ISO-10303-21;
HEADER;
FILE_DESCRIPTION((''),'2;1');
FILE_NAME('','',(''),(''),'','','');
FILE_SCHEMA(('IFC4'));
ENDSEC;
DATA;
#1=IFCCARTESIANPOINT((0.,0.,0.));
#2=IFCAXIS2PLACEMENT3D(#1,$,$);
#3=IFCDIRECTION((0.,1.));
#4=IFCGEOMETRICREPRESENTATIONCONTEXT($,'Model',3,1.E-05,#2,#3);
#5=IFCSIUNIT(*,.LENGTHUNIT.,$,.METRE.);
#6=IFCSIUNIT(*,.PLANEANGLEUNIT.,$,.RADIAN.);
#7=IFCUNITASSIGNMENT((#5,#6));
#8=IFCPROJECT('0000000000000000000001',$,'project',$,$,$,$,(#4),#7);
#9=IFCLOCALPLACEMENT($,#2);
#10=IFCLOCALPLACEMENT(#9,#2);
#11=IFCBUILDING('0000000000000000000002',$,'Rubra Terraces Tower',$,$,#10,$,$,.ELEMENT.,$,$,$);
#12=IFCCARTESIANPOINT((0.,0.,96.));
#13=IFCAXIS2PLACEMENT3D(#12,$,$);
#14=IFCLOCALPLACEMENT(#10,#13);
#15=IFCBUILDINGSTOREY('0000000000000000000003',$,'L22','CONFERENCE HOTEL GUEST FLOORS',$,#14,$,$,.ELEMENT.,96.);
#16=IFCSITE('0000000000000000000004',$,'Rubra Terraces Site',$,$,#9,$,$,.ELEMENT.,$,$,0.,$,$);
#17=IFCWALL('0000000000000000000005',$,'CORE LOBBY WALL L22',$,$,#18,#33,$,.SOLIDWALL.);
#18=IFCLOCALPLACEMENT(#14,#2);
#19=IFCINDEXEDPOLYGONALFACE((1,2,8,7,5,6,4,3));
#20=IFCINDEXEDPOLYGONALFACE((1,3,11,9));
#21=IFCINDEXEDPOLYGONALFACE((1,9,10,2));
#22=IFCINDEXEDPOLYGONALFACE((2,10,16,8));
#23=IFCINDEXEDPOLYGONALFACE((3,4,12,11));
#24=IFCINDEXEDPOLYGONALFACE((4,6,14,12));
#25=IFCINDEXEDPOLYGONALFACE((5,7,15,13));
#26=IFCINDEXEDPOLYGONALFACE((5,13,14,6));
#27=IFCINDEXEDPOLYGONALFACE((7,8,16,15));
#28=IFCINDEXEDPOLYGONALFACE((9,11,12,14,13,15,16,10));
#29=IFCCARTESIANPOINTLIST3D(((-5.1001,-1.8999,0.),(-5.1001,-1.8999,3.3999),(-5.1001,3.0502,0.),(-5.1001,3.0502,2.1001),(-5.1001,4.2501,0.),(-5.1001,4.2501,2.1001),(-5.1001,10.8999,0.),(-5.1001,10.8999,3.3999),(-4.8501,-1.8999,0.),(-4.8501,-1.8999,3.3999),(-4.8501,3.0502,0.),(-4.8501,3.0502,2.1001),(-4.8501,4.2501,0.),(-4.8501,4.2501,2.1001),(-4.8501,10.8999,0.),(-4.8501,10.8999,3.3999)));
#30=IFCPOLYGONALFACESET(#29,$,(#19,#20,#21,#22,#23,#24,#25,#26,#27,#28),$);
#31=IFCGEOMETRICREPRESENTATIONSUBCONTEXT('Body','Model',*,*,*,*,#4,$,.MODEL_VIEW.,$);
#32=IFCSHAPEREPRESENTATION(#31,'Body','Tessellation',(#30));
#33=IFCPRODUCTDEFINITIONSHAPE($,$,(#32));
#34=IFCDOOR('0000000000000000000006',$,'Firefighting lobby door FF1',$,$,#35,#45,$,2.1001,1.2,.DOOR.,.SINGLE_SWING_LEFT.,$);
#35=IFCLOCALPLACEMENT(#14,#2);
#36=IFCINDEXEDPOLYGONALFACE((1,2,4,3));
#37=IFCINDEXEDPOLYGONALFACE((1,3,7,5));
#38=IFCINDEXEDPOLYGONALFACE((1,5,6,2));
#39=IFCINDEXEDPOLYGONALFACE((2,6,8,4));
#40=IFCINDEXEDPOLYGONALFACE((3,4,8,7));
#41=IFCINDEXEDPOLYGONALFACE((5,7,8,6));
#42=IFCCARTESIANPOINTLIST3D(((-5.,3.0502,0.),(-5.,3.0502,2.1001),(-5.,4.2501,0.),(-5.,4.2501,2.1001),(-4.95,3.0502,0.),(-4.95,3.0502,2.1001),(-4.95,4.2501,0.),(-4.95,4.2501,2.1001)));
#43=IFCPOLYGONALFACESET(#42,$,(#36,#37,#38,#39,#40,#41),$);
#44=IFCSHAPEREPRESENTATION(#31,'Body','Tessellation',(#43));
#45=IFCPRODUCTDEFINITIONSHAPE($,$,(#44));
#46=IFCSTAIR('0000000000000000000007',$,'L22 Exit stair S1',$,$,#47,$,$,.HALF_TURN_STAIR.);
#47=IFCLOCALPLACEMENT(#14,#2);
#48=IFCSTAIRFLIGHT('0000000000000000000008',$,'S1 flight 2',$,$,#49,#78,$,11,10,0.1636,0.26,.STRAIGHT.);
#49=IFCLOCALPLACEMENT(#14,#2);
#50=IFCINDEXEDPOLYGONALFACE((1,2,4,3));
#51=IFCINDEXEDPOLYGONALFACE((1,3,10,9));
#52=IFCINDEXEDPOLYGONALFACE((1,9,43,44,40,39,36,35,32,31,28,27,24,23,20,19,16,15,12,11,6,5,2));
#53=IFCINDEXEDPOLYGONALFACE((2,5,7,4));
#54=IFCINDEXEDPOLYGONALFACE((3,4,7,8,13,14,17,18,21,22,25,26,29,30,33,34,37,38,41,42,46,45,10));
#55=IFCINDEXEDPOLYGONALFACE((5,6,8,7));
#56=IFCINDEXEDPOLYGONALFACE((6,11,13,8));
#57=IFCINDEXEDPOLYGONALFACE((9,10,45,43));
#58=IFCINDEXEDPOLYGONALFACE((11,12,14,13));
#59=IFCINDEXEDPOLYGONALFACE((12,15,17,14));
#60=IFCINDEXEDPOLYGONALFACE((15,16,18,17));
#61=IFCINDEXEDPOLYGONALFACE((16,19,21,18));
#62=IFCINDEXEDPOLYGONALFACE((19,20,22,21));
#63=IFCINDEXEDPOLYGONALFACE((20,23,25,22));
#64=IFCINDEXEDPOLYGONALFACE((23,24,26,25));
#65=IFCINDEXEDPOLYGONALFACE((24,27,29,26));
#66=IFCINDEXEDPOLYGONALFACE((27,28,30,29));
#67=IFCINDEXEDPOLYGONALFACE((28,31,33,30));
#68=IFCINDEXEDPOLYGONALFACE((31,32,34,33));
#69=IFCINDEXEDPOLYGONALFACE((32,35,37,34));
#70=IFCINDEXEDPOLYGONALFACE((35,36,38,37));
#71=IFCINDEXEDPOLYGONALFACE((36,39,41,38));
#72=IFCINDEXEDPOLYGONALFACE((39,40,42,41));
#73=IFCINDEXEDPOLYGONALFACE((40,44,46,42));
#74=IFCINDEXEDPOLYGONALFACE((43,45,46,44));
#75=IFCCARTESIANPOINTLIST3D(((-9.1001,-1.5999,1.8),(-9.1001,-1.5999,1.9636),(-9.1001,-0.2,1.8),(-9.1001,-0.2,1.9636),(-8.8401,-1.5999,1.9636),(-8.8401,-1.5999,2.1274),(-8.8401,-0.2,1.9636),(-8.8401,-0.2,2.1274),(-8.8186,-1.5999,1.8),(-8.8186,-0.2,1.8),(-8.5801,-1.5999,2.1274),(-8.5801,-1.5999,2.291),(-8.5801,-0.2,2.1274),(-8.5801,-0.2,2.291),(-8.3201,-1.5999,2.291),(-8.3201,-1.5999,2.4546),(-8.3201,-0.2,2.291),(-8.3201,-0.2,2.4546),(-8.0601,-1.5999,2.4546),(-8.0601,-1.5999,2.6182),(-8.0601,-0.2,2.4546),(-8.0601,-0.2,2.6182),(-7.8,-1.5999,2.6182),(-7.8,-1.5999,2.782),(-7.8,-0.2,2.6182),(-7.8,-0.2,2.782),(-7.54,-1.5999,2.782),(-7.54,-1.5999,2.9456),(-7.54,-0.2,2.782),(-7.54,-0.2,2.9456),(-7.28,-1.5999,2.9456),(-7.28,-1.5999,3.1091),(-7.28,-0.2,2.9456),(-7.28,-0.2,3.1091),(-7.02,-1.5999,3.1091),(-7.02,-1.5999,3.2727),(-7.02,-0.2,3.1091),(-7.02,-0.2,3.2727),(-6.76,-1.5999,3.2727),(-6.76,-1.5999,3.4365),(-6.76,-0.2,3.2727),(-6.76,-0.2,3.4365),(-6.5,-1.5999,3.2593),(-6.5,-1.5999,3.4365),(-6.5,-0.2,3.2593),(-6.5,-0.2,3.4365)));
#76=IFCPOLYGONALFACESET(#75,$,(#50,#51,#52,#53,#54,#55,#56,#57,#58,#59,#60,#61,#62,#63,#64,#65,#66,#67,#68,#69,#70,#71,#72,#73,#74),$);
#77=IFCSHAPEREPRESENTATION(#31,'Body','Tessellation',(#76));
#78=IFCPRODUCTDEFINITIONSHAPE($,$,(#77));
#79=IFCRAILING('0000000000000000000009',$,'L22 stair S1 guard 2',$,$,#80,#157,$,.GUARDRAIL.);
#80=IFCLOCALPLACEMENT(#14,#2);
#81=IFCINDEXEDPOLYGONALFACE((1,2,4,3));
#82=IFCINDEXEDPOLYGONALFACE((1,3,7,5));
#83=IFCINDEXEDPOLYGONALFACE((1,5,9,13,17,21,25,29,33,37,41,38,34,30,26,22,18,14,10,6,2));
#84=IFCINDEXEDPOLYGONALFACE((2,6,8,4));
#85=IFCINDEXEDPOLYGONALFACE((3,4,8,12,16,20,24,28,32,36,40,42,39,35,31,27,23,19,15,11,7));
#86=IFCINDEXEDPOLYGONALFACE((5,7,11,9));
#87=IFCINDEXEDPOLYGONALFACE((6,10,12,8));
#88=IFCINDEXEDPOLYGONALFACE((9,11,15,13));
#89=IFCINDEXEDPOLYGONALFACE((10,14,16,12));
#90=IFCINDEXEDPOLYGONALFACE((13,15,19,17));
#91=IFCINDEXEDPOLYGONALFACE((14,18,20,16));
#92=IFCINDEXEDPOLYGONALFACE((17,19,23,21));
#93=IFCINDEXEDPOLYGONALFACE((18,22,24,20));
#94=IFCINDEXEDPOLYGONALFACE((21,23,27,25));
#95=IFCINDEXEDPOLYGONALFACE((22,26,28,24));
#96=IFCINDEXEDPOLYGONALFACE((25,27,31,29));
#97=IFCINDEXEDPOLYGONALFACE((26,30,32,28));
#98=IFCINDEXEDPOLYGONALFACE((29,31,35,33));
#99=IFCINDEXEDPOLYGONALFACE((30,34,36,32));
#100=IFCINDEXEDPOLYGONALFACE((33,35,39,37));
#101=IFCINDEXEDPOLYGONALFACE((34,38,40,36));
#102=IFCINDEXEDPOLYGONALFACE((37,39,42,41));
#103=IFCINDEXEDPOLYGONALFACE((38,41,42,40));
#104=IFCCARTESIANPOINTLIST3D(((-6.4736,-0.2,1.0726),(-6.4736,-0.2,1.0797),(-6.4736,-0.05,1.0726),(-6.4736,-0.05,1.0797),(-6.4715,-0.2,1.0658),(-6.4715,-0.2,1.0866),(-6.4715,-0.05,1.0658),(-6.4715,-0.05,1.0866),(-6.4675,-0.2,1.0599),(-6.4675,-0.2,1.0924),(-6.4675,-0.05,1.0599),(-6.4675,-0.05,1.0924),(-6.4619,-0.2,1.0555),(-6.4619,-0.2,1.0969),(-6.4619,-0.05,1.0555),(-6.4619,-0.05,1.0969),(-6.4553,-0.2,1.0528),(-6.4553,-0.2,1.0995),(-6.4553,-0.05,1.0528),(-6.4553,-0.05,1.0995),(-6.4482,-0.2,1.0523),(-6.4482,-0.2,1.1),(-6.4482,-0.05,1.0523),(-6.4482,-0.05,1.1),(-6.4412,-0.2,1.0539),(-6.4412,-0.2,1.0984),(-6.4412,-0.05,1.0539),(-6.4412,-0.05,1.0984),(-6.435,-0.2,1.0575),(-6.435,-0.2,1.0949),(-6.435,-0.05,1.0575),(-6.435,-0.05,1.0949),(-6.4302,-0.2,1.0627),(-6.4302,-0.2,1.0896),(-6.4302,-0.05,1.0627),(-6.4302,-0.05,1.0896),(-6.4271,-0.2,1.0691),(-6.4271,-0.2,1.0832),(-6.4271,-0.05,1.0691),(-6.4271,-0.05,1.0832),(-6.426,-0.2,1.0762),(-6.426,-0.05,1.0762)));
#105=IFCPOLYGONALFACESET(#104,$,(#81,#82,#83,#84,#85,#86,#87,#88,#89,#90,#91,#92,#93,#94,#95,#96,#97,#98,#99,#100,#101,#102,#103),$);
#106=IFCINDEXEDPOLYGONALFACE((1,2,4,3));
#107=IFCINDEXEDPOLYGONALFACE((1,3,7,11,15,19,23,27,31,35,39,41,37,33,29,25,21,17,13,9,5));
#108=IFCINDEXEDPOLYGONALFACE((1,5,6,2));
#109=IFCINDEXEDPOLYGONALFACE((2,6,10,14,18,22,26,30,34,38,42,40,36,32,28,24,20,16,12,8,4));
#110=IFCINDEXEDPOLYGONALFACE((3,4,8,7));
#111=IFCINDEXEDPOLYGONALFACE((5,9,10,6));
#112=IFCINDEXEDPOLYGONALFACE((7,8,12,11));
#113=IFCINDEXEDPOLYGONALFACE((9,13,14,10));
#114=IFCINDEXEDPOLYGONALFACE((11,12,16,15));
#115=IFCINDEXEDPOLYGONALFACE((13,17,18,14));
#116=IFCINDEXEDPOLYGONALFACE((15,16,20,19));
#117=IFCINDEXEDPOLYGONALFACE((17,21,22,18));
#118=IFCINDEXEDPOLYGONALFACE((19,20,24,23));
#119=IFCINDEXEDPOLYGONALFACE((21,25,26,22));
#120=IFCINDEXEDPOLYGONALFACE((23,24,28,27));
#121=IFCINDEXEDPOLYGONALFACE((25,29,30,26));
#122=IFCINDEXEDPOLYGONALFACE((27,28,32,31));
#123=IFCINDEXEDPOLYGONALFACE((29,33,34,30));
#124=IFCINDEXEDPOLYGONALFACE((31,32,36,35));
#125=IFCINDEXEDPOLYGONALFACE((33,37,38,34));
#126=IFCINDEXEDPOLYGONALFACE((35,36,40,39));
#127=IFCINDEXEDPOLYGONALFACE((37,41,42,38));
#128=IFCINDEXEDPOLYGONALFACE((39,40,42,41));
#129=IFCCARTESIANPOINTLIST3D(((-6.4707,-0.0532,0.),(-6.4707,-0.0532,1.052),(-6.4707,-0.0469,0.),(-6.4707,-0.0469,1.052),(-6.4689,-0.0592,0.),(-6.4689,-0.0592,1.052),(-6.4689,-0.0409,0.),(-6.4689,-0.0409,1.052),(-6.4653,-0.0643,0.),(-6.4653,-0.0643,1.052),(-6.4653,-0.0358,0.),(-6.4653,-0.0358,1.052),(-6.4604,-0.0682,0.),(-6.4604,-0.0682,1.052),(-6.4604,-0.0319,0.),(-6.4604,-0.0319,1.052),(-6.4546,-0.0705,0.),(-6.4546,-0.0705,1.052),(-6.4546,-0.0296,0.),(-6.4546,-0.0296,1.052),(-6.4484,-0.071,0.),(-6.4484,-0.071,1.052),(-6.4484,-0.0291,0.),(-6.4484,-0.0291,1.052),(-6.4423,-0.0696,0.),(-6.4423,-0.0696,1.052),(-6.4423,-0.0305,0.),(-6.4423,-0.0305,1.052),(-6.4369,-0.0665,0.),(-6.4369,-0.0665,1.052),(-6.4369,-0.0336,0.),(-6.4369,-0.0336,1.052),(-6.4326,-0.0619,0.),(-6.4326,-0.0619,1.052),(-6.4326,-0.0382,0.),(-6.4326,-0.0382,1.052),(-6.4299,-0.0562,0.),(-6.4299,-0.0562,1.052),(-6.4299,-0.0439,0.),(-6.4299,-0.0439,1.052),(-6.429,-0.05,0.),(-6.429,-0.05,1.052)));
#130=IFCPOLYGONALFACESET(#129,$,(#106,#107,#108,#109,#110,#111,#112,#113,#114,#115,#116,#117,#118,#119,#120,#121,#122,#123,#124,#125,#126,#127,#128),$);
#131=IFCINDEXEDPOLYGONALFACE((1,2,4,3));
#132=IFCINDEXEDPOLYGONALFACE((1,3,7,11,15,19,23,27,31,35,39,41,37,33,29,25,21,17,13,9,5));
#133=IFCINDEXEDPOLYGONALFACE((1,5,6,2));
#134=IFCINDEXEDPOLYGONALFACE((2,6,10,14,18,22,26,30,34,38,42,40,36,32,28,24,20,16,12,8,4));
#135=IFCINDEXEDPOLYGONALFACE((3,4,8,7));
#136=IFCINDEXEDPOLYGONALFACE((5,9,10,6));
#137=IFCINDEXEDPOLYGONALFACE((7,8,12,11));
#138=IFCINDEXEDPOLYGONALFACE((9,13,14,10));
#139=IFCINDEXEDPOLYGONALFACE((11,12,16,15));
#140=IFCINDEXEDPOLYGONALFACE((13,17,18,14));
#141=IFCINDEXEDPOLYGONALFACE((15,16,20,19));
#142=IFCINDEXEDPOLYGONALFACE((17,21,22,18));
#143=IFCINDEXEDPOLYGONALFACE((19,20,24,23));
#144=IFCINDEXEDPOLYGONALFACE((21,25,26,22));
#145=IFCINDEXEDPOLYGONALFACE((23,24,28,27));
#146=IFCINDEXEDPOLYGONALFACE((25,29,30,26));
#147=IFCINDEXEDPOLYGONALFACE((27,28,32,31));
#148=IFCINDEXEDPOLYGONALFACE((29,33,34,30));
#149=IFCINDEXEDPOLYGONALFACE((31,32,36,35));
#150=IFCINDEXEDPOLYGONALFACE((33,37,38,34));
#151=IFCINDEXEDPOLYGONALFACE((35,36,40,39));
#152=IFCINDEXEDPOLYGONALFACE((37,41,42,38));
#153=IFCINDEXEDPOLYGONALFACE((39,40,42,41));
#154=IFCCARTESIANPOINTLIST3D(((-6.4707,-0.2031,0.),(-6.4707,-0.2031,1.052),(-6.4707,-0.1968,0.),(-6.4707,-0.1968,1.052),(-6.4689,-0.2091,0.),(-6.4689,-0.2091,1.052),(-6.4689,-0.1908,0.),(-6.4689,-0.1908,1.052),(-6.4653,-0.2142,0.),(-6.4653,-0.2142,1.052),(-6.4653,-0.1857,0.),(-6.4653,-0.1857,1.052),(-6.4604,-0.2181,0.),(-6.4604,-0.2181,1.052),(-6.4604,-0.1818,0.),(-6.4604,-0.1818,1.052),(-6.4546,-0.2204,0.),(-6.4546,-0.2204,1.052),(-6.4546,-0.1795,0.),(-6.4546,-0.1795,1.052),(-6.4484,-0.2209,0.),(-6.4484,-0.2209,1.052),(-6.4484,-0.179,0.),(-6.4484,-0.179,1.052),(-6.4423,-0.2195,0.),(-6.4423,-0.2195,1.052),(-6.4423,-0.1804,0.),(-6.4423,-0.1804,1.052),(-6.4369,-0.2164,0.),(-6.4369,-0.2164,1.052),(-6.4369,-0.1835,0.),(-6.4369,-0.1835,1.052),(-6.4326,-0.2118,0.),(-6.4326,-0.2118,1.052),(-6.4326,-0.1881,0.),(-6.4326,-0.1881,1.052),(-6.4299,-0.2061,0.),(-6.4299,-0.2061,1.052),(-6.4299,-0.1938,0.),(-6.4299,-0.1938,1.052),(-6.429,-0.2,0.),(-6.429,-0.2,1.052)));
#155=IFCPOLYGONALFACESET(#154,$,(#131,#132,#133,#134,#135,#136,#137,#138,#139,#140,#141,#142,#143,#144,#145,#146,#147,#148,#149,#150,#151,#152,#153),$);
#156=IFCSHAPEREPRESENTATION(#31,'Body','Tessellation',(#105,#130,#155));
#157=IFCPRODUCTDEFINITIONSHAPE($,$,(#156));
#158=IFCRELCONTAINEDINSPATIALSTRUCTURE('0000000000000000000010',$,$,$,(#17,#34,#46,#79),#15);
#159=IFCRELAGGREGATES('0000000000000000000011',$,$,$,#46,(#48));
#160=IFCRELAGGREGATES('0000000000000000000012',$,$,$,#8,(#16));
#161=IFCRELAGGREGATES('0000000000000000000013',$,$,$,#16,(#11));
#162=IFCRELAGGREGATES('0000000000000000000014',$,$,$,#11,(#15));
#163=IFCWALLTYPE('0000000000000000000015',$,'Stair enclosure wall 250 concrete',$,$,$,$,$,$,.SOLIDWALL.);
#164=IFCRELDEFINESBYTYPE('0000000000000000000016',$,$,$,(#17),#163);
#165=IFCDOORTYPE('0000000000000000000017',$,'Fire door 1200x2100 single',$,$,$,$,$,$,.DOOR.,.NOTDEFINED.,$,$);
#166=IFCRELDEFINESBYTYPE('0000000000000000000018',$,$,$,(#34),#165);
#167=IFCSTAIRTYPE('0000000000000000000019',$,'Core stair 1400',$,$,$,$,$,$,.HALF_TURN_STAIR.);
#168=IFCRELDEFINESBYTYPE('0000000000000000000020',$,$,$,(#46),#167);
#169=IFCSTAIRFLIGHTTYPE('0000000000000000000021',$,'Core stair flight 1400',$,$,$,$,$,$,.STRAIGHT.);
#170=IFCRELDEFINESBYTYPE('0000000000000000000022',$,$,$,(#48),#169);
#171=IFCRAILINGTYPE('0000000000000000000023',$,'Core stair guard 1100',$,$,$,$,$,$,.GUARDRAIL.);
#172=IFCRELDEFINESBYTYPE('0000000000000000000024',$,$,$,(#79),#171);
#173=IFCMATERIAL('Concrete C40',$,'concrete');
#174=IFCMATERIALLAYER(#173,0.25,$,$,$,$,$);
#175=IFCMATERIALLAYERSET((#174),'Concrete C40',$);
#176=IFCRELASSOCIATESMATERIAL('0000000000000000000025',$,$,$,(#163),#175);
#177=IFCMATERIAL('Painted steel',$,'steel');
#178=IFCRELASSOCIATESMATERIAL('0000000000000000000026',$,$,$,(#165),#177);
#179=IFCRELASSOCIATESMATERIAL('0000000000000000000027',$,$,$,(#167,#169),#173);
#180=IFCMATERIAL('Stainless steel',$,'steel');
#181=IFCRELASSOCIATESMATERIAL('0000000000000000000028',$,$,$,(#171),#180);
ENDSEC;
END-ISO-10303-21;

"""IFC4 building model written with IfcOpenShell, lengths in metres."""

from ifc_helpers import new_model, si_unit, direction, frame, frame_2d, origin, origin_2d, place, context, subcontext, project, spatial, polyline, rectangle, circle, outline, extrude, material, layer, layer_set, type_object, element, fill, aggregate, save


model = new_model("IFC4")

# Units and contexts
model_context = context("Model", 3, precision=1e-05, world=origin(), true_north=direction((0.0, 1.0)))
body_context = subcontext(model_context, "Body", "Model", "MODEL_VIEW")
ifc_project = project(units=[si_unit("LENGTHUNIT", "METRE"), si_unit("PLANEANGLEUNIT", "RADIAN")], contexts=[model_context])

# Site, building, storey
site_placement = place(None, origin())
site = spatial("IfcSite", under=ifc_project, at=site_placement, Name="Rubra Terraces Site", CompositionType="ELEMENT", RefElevation=0.0)
building_placement = place(site_placement, origin())
building = spatial("IfcBuilding", under=site, at=building_placement, Name="Rubra Terraces Tower", CompositionType="ELEMENT")
storey_placement = place(building_placement, frame((0.0, 0.0, 96.0)))
storey = spatial("IfcBuildingStorey", under=building, at=storey_placement, Name="L22", Description="CONFERENCE HOTEL GUEST FLOORS", CompositionType="ELEMENT", Elevation=96.0)

# Shared definitions
ifc_material_1 = material(Name="Concrete C40", Category="concrete")

# Shared definitions
ifc_material_2 = material(Name="Painted steel", Category="steel")

# Wall, opening, door
ifc_layer_1 = layer(ifc_material_1, 0.25)
ifc_layer_set_1 = layer_set([ifc_layer_1], Name="Concrete C40")
wall_type_1 = type_object("IfcWallType", Name="Stair enclosure wall 250 concrete", PredefinedType="SOLIDWALL", material=ifc_layer_set_1)
wall_1_placement = place(storey_placement, frame((-4.9751, -1.8999, 0.0), z_axis=(0.0, 0.0, 1.0), x_axis=(0.0, 1.0, 0.0)))
wall_1 = element("IfcWall", 1, at=wall_1_placement, inside=storey, type_object=wall_type_1, Name="CORE LOBBY WALL L22", PredefinedType="SOLIDWALL", context=body_context, shape_type="SweptSolid", body=[
    extrude(rectangle(XDim=12.7998, YDim=0.25, at=frame_2d((6.3999, 0.0))), origin(), (0.0, 0.0, 1.0), 3.3999),
])
opening_1_placement = place(wall_1_placement, frame((4.95, 0.0, 0.0)))
opening_1 = element("IfcOpeningElement", 2, at=opening_1_placement, cuts=wall_1, PredefinedType="OPENING", context=body_context, shape_type="SweptSolid", body=[
    extrude(rectangle(XDim=1.2, YDim=2.1001, at=frame_2d((0.6001, 1.05))), frame((0.0, 0.135, 0.0), z_axis=(0.0, -1.0, 0.0), x_axis=(1.0, 0.0, 0.0)), (0.0, 0.0, 1.0), 0.27),
])
door_type_1 = type_object("IfcDoorType", Name="Fire door 1200x2100 single", OperationType="NOTDEFINED", PredefinedType="DOOR", material=ifc_material_2)
door_1_placement = place(opening_1_placement, origin())
door_1 = element("IfcDoor", 3, at=door_1_placement, inside=storey, type_object=door_type_1, Name="Firefighting lobby door FF1", OperationType="SINGLE_SWING_LEFT", OverallHeight=2.1001, OverallWidth=1.2, PredefinedType="DOOR", context=body_context, shape_type="SweptSolid", body=[
    extrude(rectangle(XDim=1.2, YDim=2.1001, at=frame_2d((0.6001, 1.05))), frame((0.0, 0.0249, 0.0), z_axis=(0.0, -1.0, 0.0), x_axis=(1.0, 0.0, 0.0)), (0.0, 0.0, 1.0), 0.05),
])
fill(opening_1, door_1)

# Stair, stair flight
stair_type = type_object("IfcStairType", Name="Core stair 1400", PredefinedType="HALF_TURN_STAIR", material=ifc_material_1)
stair_placement = place(storey_placement, origin())
stair = element("IfcStair", 4, at=stair_placement, inside=storey, type_object=stair_type, Name="L22 Exit stair S1", PredefinedType="HALF_TURN_STAIR")
stair_flight_type = type_object("IfcStairFlightType", Name="Core stair flight 1400", PredefinedType="STRAIGHT", material=ifc_material_1)
stair_flight_placement = place(storey_placement, frame((-9.1001, -0.8999, 1.8), z_axis=(0.0, 0.0, 1.0), x_axis=(1.0, 0.0, 0.0)))
stair_flight = element("IfcStairFlight", 5, at=stair_flight_placement, type_object=stair_flight_type, Name="S1 flight 2", NumberOfRisers=11, NumberOfTreads=10, PredefinedType="STRAIGHT", RiserHeight=0.1636, TreadLength=0.26, context=body_context, shape_type="SweptSolid", body=[
    extrude(outline(polyline([(0.0, 0.0), (0.0, 0.1636), (0.26, 0.1636), (0.26, 0.3274), (0.52, 0.3274), (0.52, 0.491), (0.78, 0.491), (0.78, 0.6545), (1.04, 0.6545), (1.04, 0.8181), (1.3, 0.8181), (1.3, 0.9819), (1.5601, 0.9819), (1.5601, 1.1455), (1.8201, 1.1455), (1.8201, 1.3091), (2.0801, 1.3091), (2.0801, 1.4727), (2.3401, 1.4727), (2.3401, 1.6365), (2.6001, 1.6365), (2.6001, 1.8), (2.6001, 1.4592), (0.2815, 0.0), (0.0, 0.0)])), frame((0.0, 0.7, 0.0), z_axis=(0.0, -1.0, 0.0), x_axis=(1.0, 0.0, 0.0)), (0.0, 0.0, 1.0), 1.3999),
])
aggregate(stair, [stair_flight])

# Railing
ifc_material_3 = material(Name="Stainless steel", Category="steel")
railing_type = type_object("IfcRailingType", Name="Core stair guard 1100", PredefinedType="GUARDRAIL", material=ifc_material_3)
railing_1_placement = place(storey_placement, frame((-6.45, -0.05, 0.0)))
element("IfcRailing", 6, at=railing_1_placement, inside=storey, type_object=railing_type, Name="L22 stair S1 guard 2", PredefinedType="GUARDRAIL", context=body_context, shape_type="SweptSolid", body=[
    extrude(circle(Radius=0.0239, at=origin_2d()), frame((0.0, 0.0, 1.0762), z_axis=(0.0, -1.0, 0.0), x_axis=(1.0, 0.0, 0.0)), (0.0, 0.0, 1.0), 0.1499),
    extrude(circle(Radius=0.021, at=origin_2d()), origin(), (0.0, 0.0, 1.0), 1.052),
    extrude(circle(Radius=0.021, at=origin_2d()), frame((0.0, -0.1499, 0.0)), (0.0, 0.0, 1.0), 1.052),
])

save(model, "model.ifc")
